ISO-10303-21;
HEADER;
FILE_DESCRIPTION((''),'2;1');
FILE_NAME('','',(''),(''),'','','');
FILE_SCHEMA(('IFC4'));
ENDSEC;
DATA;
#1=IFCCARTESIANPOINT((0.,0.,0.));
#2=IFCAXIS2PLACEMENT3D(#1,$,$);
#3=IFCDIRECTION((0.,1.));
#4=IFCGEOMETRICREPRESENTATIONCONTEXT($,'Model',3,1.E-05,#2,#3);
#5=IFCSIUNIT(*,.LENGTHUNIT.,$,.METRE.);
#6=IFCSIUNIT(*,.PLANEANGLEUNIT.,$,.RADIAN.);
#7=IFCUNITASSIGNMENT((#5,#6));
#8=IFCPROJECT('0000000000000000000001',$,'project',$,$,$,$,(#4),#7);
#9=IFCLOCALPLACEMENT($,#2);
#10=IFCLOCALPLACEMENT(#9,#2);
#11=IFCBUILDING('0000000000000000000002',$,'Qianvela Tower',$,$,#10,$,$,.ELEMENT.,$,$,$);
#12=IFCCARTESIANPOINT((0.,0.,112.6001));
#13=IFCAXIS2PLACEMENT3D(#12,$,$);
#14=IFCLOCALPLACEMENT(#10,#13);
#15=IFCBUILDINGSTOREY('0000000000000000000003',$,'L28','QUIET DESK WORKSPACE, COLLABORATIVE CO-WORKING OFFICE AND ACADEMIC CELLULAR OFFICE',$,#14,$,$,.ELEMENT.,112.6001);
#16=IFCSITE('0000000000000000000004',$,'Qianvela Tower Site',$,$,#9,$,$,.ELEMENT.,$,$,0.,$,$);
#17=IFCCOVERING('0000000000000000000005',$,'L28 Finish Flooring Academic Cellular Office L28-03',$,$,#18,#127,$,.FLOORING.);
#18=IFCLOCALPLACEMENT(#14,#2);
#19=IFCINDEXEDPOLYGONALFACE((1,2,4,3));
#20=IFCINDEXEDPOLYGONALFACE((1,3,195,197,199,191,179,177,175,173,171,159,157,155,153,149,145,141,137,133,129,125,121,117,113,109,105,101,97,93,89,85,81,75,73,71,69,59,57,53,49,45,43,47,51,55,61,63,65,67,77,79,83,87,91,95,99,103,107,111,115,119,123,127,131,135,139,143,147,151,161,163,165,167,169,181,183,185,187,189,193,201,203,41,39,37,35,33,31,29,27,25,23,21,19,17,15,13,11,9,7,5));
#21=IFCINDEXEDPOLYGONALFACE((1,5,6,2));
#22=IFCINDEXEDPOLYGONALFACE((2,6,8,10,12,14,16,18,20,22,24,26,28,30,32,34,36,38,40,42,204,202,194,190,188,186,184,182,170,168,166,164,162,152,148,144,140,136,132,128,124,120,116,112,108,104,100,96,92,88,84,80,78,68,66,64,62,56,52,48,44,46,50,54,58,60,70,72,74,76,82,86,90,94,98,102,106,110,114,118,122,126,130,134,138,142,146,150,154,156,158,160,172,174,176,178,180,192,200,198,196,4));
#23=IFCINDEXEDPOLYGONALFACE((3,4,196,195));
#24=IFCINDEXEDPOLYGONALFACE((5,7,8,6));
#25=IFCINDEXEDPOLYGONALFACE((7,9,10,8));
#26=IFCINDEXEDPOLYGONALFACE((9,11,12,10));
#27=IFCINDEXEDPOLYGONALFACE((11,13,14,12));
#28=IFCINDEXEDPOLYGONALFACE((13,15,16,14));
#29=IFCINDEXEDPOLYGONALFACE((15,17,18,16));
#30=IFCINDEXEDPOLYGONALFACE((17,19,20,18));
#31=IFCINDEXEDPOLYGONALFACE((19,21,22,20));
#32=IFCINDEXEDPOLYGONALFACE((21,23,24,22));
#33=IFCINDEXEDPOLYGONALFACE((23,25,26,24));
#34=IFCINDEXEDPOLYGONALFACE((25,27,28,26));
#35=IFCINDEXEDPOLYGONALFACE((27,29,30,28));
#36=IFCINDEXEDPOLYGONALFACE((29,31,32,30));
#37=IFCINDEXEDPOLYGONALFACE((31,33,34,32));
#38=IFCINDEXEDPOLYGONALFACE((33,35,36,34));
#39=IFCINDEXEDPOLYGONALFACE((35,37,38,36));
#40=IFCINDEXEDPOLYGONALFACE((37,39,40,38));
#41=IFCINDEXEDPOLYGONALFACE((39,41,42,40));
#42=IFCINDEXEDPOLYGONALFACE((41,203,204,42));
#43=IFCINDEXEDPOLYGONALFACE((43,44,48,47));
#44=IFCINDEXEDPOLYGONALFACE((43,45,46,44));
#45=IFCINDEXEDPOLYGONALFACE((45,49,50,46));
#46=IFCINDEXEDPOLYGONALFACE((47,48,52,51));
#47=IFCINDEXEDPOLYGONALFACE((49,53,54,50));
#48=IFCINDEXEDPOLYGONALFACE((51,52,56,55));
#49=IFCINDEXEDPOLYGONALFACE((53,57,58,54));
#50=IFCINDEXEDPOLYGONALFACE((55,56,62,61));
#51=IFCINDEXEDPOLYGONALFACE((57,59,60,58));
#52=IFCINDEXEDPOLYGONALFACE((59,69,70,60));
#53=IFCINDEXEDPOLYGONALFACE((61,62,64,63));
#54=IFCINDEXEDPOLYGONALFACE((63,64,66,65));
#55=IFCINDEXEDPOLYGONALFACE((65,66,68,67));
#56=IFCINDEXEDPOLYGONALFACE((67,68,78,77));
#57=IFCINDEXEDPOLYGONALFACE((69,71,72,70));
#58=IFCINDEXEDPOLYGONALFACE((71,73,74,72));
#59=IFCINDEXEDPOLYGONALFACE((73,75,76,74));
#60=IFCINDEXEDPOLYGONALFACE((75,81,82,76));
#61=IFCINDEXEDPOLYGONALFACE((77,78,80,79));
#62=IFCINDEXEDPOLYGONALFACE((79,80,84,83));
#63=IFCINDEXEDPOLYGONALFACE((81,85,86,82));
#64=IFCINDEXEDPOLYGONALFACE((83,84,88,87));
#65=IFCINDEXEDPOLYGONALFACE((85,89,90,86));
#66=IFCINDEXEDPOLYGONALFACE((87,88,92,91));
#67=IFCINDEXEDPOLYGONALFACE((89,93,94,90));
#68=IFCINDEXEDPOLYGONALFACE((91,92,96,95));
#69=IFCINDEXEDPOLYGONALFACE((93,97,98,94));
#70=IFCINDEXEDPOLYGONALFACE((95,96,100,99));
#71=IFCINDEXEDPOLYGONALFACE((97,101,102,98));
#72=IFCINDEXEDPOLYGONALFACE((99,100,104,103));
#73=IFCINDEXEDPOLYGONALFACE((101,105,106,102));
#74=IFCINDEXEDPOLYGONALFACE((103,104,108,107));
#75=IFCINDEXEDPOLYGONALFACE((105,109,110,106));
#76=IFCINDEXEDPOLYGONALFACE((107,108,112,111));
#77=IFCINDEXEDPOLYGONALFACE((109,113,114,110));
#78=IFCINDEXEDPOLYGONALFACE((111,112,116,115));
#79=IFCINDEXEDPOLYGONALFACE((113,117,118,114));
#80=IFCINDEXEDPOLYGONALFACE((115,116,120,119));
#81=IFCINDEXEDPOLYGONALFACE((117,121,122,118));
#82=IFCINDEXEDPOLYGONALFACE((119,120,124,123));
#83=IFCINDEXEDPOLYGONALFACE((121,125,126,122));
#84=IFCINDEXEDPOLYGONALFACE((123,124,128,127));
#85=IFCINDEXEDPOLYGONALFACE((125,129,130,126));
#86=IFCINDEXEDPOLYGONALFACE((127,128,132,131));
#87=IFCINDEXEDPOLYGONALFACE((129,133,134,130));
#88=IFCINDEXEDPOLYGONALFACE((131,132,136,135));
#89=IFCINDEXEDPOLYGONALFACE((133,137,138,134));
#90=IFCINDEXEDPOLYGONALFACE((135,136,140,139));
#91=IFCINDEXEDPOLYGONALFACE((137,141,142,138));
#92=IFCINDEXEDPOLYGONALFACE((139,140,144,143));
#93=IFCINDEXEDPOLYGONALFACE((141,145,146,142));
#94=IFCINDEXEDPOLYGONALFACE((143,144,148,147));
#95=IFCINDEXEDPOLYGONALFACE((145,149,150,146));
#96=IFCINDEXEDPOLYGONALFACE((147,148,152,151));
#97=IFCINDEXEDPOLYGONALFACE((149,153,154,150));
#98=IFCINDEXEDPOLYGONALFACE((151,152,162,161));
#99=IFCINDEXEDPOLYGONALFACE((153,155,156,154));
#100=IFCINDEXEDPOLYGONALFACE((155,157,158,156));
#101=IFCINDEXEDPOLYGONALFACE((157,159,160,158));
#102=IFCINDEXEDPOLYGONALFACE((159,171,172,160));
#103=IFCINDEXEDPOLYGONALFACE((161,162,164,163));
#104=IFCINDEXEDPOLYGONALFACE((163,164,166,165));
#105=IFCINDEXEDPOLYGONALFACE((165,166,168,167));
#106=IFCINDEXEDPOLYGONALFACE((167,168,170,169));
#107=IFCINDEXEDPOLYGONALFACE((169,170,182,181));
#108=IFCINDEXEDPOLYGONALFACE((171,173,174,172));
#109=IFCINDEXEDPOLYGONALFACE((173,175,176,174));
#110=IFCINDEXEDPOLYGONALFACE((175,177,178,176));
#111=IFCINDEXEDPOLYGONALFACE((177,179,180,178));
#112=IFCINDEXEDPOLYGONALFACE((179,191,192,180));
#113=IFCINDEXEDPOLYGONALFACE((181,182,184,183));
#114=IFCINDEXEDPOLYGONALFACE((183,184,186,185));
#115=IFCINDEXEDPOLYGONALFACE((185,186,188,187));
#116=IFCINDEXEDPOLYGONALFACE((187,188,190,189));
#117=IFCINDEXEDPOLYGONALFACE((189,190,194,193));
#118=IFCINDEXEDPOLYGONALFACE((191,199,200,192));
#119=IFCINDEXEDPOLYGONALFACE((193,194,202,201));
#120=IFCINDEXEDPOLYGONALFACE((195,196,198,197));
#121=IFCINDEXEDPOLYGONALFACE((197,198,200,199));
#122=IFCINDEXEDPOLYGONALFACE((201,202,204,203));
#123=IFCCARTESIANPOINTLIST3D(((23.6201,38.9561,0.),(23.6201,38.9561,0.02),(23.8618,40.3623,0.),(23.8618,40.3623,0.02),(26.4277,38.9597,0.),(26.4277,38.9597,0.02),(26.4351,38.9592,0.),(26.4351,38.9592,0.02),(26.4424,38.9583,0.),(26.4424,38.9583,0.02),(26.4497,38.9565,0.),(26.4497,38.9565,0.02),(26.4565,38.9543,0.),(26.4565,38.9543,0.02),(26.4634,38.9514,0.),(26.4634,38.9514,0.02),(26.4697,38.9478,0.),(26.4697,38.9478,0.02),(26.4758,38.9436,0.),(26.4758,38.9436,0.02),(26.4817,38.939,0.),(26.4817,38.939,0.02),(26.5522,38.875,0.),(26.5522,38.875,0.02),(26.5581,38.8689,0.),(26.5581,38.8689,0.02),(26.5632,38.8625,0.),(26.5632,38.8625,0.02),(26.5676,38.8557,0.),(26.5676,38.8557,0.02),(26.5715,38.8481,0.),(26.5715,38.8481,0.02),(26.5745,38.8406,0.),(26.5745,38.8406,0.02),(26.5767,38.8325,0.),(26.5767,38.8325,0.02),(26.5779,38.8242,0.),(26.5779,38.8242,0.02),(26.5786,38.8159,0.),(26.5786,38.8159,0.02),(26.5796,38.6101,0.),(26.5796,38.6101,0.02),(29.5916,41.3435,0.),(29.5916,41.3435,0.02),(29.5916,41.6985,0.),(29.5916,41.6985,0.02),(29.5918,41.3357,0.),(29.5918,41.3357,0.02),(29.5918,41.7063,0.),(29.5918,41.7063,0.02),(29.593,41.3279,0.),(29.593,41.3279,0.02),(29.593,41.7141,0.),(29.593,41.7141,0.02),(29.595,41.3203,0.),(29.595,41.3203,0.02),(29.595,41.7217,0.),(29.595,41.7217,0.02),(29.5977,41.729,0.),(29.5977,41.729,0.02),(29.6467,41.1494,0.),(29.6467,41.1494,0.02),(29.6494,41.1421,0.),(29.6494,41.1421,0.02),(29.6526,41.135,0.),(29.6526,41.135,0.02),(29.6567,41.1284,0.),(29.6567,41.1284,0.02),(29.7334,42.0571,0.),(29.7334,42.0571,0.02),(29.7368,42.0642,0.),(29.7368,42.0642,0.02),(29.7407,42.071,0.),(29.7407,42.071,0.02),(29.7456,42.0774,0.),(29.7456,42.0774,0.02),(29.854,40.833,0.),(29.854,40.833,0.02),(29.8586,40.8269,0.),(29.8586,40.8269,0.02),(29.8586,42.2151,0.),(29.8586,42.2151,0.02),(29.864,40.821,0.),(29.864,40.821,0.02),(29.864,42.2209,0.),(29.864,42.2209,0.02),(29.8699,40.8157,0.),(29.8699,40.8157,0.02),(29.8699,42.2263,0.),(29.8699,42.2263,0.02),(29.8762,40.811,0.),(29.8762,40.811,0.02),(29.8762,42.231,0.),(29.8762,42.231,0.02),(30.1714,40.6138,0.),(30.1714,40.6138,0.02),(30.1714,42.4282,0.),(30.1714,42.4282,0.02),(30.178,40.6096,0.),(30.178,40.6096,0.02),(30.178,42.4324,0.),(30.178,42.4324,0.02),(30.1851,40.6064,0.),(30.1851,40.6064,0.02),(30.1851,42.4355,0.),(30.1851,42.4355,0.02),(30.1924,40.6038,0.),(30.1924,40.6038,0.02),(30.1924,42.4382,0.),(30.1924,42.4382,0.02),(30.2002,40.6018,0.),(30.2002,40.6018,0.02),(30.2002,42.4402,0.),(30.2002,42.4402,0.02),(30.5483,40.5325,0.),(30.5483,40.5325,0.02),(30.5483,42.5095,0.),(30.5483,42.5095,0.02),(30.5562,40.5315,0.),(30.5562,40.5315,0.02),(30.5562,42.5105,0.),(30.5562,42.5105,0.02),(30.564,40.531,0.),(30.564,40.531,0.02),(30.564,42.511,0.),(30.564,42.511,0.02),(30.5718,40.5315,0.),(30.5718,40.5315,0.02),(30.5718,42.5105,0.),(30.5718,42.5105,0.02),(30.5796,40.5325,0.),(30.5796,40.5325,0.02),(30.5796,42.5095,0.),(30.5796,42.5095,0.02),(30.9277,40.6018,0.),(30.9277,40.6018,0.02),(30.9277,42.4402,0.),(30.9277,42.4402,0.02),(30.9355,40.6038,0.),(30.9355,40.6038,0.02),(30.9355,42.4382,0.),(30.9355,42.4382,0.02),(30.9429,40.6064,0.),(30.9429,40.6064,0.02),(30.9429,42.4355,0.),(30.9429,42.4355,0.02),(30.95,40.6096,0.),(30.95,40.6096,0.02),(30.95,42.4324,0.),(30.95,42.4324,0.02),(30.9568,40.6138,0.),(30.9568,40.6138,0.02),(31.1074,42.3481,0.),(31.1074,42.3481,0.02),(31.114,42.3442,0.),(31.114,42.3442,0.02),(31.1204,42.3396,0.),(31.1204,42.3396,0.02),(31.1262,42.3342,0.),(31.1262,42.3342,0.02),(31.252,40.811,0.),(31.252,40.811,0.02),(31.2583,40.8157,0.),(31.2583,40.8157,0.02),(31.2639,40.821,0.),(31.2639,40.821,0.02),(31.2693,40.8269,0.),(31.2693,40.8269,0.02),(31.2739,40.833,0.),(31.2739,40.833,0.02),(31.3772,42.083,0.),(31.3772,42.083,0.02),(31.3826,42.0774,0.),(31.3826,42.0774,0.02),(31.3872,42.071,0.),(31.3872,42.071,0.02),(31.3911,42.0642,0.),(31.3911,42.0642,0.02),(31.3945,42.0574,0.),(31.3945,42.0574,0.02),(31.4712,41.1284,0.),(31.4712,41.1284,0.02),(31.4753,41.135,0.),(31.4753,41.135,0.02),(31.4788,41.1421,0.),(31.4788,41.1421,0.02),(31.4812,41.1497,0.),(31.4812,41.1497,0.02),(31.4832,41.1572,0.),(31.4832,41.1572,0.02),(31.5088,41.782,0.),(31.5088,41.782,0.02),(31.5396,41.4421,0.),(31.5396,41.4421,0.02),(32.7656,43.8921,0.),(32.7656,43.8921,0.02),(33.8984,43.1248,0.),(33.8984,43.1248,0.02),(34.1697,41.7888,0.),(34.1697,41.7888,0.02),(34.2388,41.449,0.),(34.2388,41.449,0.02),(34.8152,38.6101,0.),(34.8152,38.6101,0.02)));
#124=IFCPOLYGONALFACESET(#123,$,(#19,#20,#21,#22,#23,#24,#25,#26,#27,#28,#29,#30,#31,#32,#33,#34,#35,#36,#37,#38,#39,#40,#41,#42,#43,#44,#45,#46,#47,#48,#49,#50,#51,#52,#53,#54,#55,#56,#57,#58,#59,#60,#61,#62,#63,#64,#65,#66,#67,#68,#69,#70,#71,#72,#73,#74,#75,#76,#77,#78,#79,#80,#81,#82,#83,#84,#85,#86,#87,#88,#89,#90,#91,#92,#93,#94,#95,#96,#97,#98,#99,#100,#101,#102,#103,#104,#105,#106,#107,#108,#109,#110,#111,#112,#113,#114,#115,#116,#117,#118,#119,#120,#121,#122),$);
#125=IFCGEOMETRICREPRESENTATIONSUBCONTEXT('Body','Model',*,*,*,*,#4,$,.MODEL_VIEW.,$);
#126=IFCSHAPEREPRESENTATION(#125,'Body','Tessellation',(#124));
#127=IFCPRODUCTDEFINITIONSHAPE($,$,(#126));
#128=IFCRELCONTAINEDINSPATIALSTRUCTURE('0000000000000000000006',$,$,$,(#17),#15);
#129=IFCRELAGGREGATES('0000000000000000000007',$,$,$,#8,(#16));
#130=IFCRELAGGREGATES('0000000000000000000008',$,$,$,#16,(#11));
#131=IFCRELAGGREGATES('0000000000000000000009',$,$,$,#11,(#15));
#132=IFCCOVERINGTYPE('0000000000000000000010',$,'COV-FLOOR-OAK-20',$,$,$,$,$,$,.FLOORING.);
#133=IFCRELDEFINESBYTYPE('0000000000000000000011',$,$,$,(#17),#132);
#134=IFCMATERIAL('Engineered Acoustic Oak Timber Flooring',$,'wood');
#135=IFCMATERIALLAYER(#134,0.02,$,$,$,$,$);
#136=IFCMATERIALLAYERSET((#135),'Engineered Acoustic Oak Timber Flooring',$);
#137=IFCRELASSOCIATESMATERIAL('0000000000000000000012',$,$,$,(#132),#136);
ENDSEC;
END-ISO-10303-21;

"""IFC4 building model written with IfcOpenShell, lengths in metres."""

from ifc_helpers import new_model, si_unit, direction, frame, origin, place, context, subcontext, project, spatial, polyline, outline, extrude, material, layer, layer_set, type_object, element, save


model = new_model("IFC4")

# Units and contexts
model_context = context("Model", 3, precision=1e-05, world=origin(), true_north=direction((0.0, 1.0)))
body_context = subcontext(model_context, "Body", "Model", "MODEL_VIEW")
ifc_project = project(units=[si_unit("LENGTHUNIT", "METRE"), si_unit("PLANEANGLEUNIT", "RADIAN")], contexts=[model_context])

# Site, building, storey
site_placement = place(None, origin())
site = spatial("IfcSite", under=ifc_project, at=site_placement, Name="Qianvela Tower Site", CompositionType="ELEMENT", RefElevation=0.0)
building_placement = place(site_placement, origin())
building = spatial("IfcBuilding", under=site, at=building_placement, Name="Qianvela Tower", CompositionType="ELEMENT")
storey_placement = place(building_placement, frame((0.0, 0.0, 112.6001)))
storey = spatial("IfcBuildingStorey", under=building, at=storey_placement, Name="L28", Description="QUIET DESK WORKSPACE, COLLABORATIVE CO-WORKING OFFICE AND ACADEMIC CELLULAR OFFICE", CompositionType="ELEMENT", Elevation=112.6001)

# Covering
ifc_material_1 = material(Name="Engineered Acoustic Oak Timber Flooring", Category="wood")
ifc_layer_1 = layer(ifc_material_1, 0.02)
ifc_layer_set_1 = layer_set([ifc_layer_1], Name="Engineered Acoustic Oak Timber Flooring")
covering_type_1 = type_object("IfcCoveringType", Name="COV-FLOOR-OAK-20", PredefinedType="FLOORING", material=ifc_layer_set_1)
covering_1_placement = place(storey_placement, origin())
element("IfcCovering", 1, at=covering_1_placement, inside=storey, type_object=covering_type_1, Name="L28 Finish Flooring Academic Cellular Office L28-03", PredefinedType="FLOORING", context=body_context, shape_type="SweptSolid", body=[
    extrude(outline(polyline([(26.5796, 38.6101), (26.5786, 38.8159), (26.5779, 38.8242), (26.5767, 38.8325), (26.5745, 38.8406), (26.5715, 38.8481), (26.5676, 38.8557), (26.5632, 38.8625), (26.5581, 38.8689), (26.5522, 38.875), (26.4817, 38.939), (26.4758, 38.9436), (26.4697, 38.9478), (26.4634, 38.9514), (26.4565, 38.9543), (26.4497, 38.9565), (26.4424, 38.9583), (26.4351, 38.9592), (26.4277, 38.9597), (23.6201, 38.9561), (23.8618, 40.3623), (32.7656, 43.8921), (33.8984, 43.1248), (34.1697, 41.7888), (31.5088, 41.782), (31.3945, 42.0574), (31.3911, 42.0642), (31.3872, 42.071), (31.3826, 42.0774), (31.3772, 42.083), (31.1262, 42.3342), (31.1204, 42.3396), (31.114, 42.3442), (31.1074, 42.3481), (30.95, 42.4324), (30.9429, 42.4355), (30.9355, 42.4382), (30.9277, 42.4402), (30.5796, 42.5095), (30.5718, 42.5105), (30.564, 42.511), (30.5562, 42.5105), (30.5483, 42.5095), (30.2002, 42.4402), (30.1924, 42.4382), (30.1851, 42.4355), (30.178, 42.4324), (30.1714, 42.4282), (29.8762, 42.231), (29.8699, 42.2263), (29.864, 42.2209), (29.8586, 42.2151), (29.7456, 42.0774), (29.7407, 42.071), (29.7368, 42.0642), (29.7334, 42.0571), (29.5977, 41.729), (29.595, 41.7217), (29.593, 41.7141), (29.5918, 41.7063), (29.5916, 41.6985), (29.5916, 41.3435), (29.5918, 41.3357), (29.593, 41.3279), (29.595, 41.3203), (29.6467, 41.1494), (29.6494, 41.1421), (29.6526, 41.135), (29.6567, 41.1284), (29.854, 40.833), (29.8586, 40.8269), (29.864, 40.821), (29.8699, 40.8157), (29.8762, 40.811), (30.1714, 40.6138), (30.178, 40.6096), (30.1851, 40.6064), (30.1924, 40.6038), (30.2002, 40.6018), (30.5483, 40.5325), (30.5562, 40.5315), (30.564, 40.531), (30.5718, 40.5315), (30.5796, 40.5325), (30.9277, 40.6018), (30.9355, 40.6038), (30.9429, 40.6064), (30.95, 40.6096), (30.9568, 40.6138), (31.252, 40.811), (31.2583, 40.8157), (31.2639, 40.821), (31.2693, 40.8269), (31.2739, 40.833), (31.4712, 41.1284), (31.4753, 41.135), (31.4788, 41.1421), (31.4812, 41.1497), (31.4832, 41.1572), (31.5396, 41.4421), (34.2388, 41.449), (34.8152, 38.6101), (26.5796, 38.6101)])), origin(), (0.0, 0.0, 1.0), 0.02),
])

save(model, "model.ifc")
